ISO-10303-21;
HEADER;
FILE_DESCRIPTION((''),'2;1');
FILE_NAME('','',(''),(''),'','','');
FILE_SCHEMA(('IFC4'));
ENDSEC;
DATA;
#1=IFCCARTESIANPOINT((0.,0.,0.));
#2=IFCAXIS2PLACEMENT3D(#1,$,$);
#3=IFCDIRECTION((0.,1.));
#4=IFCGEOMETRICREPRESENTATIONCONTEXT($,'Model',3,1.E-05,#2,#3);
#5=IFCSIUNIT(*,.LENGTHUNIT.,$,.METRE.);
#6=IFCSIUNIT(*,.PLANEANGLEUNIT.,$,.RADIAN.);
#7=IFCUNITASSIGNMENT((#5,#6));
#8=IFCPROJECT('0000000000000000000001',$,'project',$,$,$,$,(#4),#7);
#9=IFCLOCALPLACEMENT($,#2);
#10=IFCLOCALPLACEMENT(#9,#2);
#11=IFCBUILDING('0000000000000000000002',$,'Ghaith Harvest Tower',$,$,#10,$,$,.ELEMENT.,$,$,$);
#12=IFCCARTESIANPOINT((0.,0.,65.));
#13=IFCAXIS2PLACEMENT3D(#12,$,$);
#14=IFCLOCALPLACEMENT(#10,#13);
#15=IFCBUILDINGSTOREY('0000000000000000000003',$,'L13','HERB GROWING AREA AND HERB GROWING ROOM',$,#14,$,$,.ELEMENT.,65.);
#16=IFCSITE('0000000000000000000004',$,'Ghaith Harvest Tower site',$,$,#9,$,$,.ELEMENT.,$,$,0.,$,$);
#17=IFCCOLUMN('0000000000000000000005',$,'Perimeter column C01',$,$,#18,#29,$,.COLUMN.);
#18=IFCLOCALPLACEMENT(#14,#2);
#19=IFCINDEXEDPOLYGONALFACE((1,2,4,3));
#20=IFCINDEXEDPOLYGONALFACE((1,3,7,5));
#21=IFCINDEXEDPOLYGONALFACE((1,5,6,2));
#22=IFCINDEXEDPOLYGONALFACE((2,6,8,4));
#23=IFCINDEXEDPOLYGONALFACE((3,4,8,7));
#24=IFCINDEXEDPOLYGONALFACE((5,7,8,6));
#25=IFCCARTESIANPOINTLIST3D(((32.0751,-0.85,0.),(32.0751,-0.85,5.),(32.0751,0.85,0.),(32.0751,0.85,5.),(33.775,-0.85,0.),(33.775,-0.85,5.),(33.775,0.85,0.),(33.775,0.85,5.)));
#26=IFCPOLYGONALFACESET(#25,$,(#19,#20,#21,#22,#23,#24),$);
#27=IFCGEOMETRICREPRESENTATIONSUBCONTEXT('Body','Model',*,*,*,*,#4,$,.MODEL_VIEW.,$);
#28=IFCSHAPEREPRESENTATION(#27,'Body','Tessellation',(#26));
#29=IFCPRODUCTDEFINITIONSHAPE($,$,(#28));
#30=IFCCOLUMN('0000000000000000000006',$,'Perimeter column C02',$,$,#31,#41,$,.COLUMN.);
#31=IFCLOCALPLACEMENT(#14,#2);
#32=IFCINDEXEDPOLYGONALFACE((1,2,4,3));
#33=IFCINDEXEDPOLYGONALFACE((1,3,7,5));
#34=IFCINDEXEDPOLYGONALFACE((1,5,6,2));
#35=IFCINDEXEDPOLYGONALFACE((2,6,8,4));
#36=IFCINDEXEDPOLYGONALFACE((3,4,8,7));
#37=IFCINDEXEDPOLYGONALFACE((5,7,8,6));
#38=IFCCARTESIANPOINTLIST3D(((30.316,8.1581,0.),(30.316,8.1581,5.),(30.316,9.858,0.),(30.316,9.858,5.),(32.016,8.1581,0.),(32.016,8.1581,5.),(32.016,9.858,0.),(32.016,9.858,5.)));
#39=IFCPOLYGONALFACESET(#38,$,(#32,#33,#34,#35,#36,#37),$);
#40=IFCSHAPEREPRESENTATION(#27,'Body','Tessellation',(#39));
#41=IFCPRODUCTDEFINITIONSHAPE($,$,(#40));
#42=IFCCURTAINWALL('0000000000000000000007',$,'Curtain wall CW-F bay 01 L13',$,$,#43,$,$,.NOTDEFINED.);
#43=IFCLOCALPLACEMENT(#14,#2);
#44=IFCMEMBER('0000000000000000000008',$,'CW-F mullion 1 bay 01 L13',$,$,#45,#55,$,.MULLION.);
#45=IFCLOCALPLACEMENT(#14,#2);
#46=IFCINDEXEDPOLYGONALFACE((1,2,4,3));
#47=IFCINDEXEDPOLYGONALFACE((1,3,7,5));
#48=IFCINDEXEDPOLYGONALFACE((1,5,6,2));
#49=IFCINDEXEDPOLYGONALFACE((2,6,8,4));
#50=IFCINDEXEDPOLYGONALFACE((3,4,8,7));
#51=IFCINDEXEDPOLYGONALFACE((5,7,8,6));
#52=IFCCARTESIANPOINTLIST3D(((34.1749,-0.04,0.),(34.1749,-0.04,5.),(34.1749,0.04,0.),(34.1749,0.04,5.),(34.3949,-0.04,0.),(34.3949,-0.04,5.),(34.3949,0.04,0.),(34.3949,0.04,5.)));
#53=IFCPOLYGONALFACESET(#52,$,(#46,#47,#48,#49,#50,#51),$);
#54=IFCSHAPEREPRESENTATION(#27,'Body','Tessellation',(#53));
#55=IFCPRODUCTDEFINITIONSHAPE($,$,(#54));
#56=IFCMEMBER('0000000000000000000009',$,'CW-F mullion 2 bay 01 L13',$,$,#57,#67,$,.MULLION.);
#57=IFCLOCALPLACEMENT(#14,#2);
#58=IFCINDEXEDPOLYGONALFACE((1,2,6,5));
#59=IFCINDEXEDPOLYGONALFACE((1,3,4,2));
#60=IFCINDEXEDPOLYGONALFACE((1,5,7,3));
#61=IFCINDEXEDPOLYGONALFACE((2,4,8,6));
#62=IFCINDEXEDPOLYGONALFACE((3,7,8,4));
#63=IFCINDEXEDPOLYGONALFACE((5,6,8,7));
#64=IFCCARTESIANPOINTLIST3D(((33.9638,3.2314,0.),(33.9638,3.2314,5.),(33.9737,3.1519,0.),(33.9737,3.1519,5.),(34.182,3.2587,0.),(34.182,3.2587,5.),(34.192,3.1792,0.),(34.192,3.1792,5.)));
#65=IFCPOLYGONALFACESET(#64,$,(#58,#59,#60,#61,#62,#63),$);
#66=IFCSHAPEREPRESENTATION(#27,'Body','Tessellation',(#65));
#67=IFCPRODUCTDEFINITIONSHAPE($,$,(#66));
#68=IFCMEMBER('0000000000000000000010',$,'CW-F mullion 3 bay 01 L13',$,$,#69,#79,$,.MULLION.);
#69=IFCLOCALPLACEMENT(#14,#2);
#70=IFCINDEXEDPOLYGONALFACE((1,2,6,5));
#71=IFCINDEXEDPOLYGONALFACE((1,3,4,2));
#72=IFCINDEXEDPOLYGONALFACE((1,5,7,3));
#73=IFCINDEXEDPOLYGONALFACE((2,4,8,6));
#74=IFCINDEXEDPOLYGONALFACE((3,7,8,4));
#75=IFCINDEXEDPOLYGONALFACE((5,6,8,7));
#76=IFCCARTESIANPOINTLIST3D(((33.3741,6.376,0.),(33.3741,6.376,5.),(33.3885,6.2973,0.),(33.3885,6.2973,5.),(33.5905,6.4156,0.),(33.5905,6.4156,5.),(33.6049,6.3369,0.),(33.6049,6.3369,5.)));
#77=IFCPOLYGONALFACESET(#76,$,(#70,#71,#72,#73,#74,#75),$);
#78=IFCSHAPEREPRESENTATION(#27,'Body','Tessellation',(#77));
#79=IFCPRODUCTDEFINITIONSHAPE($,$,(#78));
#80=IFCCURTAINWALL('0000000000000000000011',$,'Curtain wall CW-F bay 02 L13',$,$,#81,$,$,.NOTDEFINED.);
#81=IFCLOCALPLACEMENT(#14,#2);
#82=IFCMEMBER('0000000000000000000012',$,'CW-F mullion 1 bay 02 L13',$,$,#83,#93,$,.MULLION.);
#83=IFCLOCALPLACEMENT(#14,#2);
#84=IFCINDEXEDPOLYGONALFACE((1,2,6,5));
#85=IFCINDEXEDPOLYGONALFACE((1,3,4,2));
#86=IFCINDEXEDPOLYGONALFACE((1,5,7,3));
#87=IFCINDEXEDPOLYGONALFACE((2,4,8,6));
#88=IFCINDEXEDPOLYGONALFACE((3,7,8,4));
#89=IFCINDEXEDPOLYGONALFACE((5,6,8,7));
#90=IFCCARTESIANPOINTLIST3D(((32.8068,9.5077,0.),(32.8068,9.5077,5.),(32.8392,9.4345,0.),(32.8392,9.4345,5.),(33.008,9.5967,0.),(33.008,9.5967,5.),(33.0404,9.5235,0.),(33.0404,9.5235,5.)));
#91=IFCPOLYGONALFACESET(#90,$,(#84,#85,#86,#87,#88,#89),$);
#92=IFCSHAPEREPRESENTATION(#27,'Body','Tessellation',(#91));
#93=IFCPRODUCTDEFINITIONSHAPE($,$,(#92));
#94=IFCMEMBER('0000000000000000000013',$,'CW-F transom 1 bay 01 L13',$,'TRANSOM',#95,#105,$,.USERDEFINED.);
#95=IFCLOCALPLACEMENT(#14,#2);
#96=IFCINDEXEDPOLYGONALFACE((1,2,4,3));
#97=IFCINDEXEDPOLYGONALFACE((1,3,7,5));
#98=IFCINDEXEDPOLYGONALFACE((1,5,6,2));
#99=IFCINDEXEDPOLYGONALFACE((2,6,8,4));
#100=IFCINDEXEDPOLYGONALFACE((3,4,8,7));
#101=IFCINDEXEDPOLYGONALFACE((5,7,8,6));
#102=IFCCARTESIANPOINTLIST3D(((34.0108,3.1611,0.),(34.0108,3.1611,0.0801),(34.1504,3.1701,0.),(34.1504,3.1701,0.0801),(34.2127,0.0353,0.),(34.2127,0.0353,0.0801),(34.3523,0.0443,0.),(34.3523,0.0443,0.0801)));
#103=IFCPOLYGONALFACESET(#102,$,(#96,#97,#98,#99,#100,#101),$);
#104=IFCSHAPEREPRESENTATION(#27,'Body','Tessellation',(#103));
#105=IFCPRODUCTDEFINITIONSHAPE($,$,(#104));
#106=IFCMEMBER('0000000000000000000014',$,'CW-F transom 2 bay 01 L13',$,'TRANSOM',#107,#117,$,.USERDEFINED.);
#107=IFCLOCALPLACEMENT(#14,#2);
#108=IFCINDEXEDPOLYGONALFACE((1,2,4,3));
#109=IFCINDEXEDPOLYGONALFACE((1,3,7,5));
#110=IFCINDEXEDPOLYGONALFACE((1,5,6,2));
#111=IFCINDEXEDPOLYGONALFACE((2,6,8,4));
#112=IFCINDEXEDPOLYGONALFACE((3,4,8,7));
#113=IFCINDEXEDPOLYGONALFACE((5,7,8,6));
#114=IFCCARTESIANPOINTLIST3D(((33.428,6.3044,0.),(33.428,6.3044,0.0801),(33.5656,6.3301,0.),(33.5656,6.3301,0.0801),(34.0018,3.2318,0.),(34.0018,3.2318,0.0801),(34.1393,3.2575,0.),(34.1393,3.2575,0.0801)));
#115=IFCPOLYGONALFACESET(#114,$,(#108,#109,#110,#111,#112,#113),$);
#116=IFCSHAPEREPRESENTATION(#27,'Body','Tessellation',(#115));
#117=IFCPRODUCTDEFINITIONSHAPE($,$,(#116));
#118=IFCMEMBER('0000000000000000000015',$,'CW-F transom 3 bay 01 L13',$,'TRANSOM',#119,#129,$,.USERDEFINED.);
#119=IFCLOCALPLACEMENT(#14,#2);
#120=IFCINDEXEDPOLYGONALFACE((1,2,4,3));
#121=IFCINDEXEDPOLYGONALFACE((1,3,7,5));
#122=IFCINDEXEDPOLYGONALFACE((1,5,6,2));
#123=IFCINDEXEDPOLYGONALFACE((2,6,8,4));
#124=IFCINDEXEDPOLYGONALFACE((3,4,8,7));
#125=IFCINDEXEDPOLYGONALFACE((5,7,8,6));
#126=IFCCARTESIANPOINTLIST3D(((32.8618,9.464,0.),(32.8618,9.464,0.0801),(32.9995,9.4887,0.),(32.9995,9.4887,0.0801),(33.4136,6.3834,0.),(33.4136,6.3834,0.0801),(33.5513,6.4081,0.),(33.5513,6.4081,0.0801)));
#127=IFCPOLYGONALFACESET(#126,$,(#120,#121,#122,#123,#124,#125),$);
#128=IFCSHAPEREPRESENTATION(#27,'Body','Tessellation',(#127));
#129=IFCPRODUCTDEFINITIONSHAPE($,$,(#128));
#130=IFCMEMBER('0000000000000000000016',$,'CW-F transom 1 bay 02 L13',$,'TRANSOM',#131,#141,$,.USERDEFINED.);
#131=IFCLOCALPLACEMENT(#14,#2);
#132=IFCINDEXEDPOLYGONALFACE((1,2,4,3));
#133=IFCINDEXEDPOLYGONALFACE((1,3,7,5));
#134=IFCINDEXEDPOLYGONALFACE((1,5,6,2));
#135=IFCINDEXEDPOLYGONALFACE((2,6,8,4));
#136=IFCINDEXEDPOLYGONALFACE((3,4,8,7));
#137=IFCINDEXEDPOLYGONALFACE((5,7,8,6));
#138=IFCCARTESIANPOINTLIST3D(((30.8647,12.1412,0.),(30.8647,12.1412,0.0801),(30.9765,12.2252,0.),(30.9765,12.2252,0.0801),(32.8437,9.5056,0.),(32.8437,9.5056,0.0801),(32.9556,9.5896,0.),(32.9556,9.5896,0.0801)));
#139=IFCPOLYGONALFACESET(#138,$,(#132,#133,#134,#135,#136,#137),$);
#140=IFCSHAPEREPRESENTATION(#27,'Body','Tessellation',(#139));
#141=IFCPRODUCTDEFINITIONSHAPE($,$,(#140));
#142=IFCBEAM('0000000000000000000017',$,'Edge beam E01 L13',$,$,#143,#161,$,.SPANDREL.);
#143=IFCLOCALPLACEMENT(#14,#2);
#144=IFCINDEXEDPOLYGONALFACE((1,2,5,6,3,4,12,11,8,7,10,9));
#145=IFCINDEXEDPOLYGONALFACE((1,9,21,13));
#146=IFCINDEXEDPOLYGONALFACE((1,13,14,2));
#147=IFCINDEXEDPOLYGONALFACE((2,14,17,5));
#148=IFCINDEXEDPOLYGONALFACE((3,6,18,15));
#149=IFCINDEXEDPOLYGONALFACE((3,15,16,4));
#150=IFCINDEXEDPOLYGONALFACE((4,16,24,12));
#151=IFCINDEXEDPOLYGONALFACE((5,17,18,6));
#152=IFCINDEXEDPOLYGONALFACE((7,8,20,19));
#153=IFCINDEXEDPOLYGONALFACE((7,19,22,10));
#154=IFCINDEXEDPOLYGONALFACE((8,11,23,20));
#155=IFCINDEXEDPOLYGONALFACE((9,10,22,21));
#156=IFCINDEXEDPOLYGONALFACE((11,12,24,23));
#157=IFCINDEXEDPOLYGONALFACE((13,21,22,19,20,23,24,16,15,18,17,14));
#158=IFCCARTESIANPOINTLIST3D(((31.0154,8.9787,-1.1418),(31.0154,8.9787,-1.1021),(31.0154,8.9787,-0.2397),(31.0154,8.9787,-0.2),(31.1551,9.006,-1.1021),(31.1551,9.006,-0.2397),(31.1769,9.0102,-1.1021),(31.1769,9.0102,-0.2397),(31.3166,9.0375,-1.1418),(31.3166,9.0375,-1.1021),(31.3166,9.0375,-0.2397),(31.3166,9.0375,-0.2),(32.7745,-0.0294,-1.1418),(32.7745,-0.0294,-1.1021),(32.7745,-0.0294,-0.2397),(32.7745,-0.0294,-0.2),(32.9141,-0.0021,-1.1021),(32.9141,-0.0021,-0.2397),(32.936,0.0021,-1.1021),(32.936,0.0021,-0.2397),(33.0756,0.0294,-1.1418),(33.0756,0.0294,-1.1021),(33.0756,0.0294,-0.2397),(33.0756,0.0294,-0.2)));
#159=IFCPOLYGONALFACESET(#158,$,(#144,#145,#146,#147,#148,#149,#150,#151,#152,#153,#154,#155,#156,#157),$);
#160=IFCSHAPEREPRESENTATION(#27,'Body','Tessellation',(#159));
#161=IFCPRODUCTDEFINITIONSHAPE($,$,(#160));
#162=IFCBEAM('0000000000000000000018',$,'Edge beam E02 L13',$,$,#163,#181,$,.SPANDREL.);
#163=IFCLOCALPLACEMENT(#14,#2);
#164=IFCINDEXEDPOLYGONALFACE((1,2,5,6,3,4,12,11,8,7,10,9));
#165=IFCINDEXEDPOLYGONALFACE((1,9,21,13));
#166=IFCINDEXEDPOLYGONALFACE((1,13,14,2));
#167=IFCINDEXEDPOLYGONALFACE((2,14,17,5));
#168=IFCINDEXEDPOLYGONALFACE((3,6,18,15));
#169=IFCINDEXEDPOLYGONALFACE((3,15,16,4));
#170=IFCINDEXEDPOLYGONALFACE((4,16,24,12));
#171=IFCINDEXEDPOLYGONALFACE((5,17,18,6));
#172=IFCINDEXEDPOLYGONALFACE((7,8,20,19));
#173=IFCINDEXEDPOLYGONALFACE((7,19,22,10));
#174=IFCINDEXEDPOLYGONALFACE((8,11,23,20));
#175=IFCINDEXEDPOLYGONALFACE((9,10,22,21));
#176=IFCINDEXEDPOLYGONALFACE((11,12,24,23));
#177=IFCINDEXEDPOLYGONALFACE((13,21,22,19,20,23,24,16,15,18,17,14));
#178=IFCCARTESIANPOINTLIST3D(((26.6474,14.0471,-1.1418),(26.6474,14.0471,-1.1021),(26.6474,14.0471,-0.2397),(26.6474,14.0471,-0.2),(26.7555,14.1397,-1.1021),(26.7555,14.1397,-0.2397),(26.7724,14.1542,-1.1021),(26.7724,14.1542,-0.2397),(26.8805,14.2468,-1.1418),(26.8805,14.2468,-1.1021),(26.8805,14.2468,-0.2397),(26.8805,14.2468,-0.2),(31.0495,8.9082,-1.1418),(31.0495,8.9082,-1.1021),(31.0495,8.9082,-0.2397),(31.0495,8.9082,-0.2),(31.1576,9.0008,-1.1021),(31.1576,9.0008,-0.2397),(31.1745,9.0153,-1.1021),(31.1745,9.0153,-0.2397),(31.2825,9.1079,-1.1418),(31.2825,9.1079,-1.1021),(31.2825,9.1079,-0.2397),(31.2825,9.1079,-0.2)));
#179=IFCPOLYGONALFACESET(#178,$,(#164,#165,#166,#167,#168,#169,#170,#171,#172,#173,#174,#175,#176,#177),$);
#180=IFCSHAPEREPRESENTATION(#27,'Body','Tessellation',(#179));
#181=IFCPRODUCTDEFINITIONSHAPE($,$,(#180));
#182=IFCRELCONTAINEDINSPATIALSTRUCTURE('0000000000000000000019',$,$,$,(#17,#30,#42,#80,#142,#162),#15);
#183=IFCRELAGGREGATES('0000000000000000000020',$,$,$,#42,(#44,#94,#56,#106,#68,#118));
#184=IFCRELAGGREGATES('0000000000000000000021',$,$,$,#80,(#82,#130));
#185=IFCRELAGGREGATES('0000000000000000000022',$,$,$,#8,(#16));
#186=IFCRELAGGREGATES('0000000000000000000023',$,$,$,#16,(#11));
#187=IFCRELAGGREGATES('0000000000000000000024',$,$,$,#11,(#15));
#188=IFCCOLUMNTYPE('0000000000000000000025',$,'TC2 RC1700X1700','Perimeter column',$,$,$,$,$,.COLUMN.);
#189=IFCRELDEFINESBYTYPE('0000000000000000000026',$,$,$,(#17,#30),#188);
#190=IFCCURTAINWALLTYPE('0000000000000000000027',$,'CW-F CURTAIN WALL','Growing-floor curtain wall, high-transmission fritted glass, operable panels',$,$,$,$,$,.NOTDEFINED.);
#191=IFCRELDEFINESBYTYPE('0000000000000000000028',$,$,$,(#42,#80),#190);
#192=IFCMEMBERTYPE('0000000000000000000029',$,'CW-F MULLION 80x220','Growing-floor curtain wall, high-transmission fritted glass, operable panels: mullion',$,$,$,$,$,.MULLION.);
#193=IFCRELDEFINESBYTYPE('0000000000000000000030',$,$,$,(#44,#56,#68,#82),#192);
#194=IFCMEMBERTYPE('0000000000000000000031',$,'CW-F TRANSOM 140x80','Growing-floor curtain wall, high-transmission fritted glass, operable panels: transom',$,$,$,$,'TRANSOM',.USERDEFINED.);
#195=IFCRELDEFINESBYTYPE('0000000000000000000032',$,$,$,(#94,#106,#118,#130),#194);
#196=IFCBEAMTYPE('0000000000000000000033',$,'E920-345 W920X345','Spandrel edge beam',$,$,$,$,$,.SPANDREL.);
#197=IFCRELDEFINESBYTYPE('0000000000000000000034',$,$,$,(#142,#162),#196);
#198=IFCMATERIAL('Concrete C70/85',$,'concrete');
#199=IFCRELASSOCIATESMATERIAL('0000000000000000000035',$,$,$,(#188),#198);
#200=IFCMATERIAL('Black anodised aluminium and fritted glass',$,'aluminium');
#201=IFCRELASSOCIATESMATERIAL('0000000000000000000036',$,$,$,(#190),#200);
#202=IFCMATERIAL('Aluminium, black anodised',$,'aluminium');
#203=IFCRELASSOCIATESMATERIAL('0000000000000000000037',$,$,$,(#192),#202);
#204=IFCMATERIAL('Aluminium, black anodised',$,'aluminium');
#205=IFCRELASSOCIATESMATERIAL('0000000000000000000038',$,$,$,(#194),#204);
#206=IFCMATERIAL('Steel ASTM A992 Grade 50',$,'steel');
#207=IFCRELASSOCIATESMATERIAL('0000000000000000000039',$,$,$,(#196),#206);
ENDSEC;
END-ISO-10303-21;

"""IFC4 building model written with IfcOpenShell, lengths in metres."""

from ifc_helpers import new_model, si_unit, direction, frame, origin, origin_2d, place, context, subcontext, project, spatial, rectangle, i_section, extrude, material, material_profile, profile_set, type_object, element, aggregate, save


model = new_model("IFC4")

# Units and contexts
model_context = context("Model", 3, precision=1e-05, world=origin(), true_north=direction((0.0, 1.0)))
body_context = subcontext(model_context, "Body", "Model", "MODEL_VIEW")
ifc_project = project(units=[si_unit("LENGTHUNIT", "METRE"), si_unit("PLANEANGLEUNIT", "RADIAN")], contexts=[model_context])

# Site, building, storey
site_placement = place(None, origin())
site = spatial("IfcSite", under=ifc_project, at=site_placement, Name="Ghaith Harvest Tower site", CompositionType="ELEMENT", RefElevation=0.0)
building_placement = place(site_placement, origin())
building = spatial("IfcBuilding", under=site, at=building_placement, Name="Ghaith Harvest Tower", CompositionType="ELEMENT")
storey_placement = place(building_placement, frame((0.0, 0.0, 65.0)))
storey = spatial("IfcBuildingStorey", under=building, at=storey_placement, Name="L13", Description="HERB GROWING AREA AND HERB GROWING ROOM", CompositionType="ELEMENT", Elevation=65.0)

# Columns
ifc_material_1 = material(Name="Concrete C70/85", Category="concrete")
ifc_material_profile_1 = material_profile(ifc_material_1, rectangle(XDim=1.7, YDim=1.7, at=origin_2d()), Name="RC1700X1700")
ifc_profile_set_1 = profile_set([ifc_material_profile_1], Name="Concrete C70/85")
column_type = type_object("IfcColumnType", Name="TC2 RC1700X1700", Description="Perimeter column", PredefinedType="COLUMN", material=ifc_profile_set_1)
for number, where, z_axis, x_axis, name in (
    (1, (32.925, 0.0, 0.0), (0.0, 0.0, 1.0), (1.0, 0.0, 0.0), "Perimeter column C01"),
    (2, (31.166, 9.0081, 0.0), (0.0, 0.0, 1.0), (1.0, 0.0, 0.0), "Perimeter column C02"),
):
    element("IfcColumn", number, at=place(storey_placement, frame(where, z_axis=z_axis, x_axis=x_axis)), inside=storey, type_object=column_type, Name=name, PredefinedType="COLUMN", context=body_context, shape_type="SweptSolid", body=[
        extrude(rectangle(XDim=1.7, YDim=1.7, at=origin_2d()), origin(), (0.0, 0.0, 1.0), 5.0),
    ])

# Curtain wall, members
ifc_material_2 = material(Name="Black anodised aluminium and fritted glass", Category="aluminium")
curtain_wall_type = type_object("IfcCurtainWallType", Name="CW-F CURTAIN WALL", Description="Growing-floor curtain wall, high-transmission fritted glass, operable panels", PredefinedType="NOTDEFINED", material=ifc_material_2)
curtain_wall_1_placement = place(storey_placement, origin())
curtain_wall_1 = element("IfcCurtainWall", 3, at=curtain_wall_1_placement, inside=storey, type_object=curtain_wall_type, Name="Curtain wall CW-F bay 01 L13", PredefinedType="NOTDEFINED")
ifc_material_3 = material(Name="Aluminium, black anodised", Category="aluminium")
ifc_material_profile_2 = material_profile(ifc_material_3, rectangle(XDim=0.0801, YDim=0.22, at=origin_2d()), Name="CW-F MULLION 80x220")
ifc_profile_set_2 = profile_set([ifc_material_profile_2], Name="Aluminium, black anodised")
member_type_1 = type_object("IfcMemberType", Name="CW-F MULLION 80x220", Description="Growing-floor curtain wall, high-transmission fritted glass, operable panels: mullion", PredefinedType="MULLION", material=ifc_profile_set_2)
member_1_placement = place(storey_placement, frame((34.2849, 0.0, 0.0), z_axis=(0.0, 0.0, 1.0), x_axis=(0.0, 1.0, 0.0)))
member_1 = element("IfcMember", 4, at=member_1_placement, type_object=member_type_1, Name="CW-F mullion 1 bay 01 L13", PredefinedType="MULLION", context=body_context, shape_type="SweptSolid", body=[
    extrude(rectangle(XDim=0.0801, YDim=0.22, at=origin_2d()), origin(), (0.0, 0.0, 1.0), 5.0),
])
member_2_placement = place(storey_placement, frame((34.0779, 3.2053, 0.0), z_axis=(0.0, 0.0, 1.0), x_axis=(-0.12417, 0.992261, 0.0)))
member_2 = element("IfcMember", 5, at=member_2_placement, type_object=member_type_1, Name="CW-F mullion 2 bay 01 L13", PredefinedType="MULLION", context=body_context, shape_type="SweptSolid", body=[
    extrude(rectangle(XDim=0.0801, YDim=0.22, at=origin_2d()), origin(), (0.0, 0.0, 1.0), 5.0),
])
member_3_placement = place(storey_placement, frame((33.4895, 6.3564, 0.0), z_axis=(0.0, 0.0, 1.0), x_axis=(-0.179943, 0.983677, 0.0)))
member_3 = element("IfcMember", 6, at=member_3_placement, type_object=member_type_1, Name="CW-F mullion 3 bay 01 L13", PredefinedType="MULLION", context=body_context, shape_type="SweptSolid", body=[
    extrude(rectangle(XDim=0.0801, YDim=0.22, at=origin_2d()), origin(), (0.0, 0.0, 1.0), 5.0),
])

# Curtain wall, member
curtain_wall_2_placement = place(storey_placement, origin())
curtain_wall_2 = element("IfcCurtainWall", 7, at=curtain_wall_2_placement, inside=storey, type_object=curtain_wall_type, Name="Curtain wall CW-F bay 02 L13", PredefinedType="NOTDEFINED")
member_4_placement = place(storey_placement, frame((32.9236, 9.5156, 0.0), z_axis=(0.0, 0.0, 1.0), x_axis=(-0.404702, 0.914449, 0.0)))
member_4 = element("IfcMember", 8, at=member_4_placement, type_object=member_type_1, Name="CW-F mullion 1 bay 02 L13", PredefinedType="MULLION", context=body_context, shape_type="SweptSolid", body=[
    extrude(rectangle(XDim=0.0801, YDim=0.22, at=origin_2d()), origin(), (0.0, 0.0, 1.0), 5.0),
])

# Members
ifc_material_4 = material(Name="Aluminium, black anodised", Category="aluminium")
ifc_material_profile_3 = material_profile(ifc_material_4, rectangle(XDim=0.1399, YDim=0.0801, at=origin_2d()), Name="CW-F TRANSOM 140x80")
ifc_profile_set_3 = profile_set([ifc_material_profile_3], Name="Aluminium, black anodised")
member_type_2 = type_object("IfcMemberType", Name="CW-F TRANSOM 140x80", Description="Growing-floor curtain wall, high-transmission fritted glass, operable panels: transom", ElementType="TRANSOM", PredefinedType="USERDEFINED", material=ifc_profile_set_3)
member_5_placement = place(storey_placement, frame((34.2825, 0.0398, 0.04), z_axis=(-0.06446, 0.99792, 0.0), x_axis=(-0.99792, -0.06446, 0.0)))
member_5 = element("IfcMember", 9, at=member_5_placement, type_object=member_type_2, Name="CW-F transom 1 bay 01 L13", ObjectType="TRANSOM", PredefinedType="USERDEFINED", context=body_context, shape_type="SweptSolid", body=[
    extrude(rectangle(XDim=0.1399, YDim=0.0801, at=origin_2d()), origin(), (0.0, 0.0, 1.0), 3.1323),
])
member_6_placement = place(storey_placement, frame((34.0706, 3.2446, 0.04), z_axis=(-0.183557, 0.983009, 0.0), x_axis=(-0.983009, -0.183557, 0.0)))
member_6 = element("IfcMember", 10, at=member_6_placement, type_object=member_type_2, Name="CW-F transom 2 bay 01 L13", ObjectType="TRANSOM", PredefinedType="USERDEFINED", context=body_context, shape_type="SweptSolid", body=[
    extrude(rectangle(XDim=0.1399, YDim=0.0801, at=origin_2d()), origin(), (0.0, 0.0, 1.0), 3.1257),
])
member_7_placement = place(storey_placement, frame((33.4824, 6.3958, 0.04), z_axis=(-0.176304, 0.984336, 0.0), x_axis=(-0.984336, -0.176304, 0.0)))
member_7 = element("IfcMember", 11, at=member_7_placement, type_object=member_type_2, Name="CW-F transom 3 bay 01 L13", ObjectType="TRANSOM", PredefinedType="USERDEFINED", context=body_context, shape_type="SweptSolid", body=[
    extrude(rectangle(XDim=0.1399, YDim=0.0801, at=origin_2d()), origin(), (0.0, 0.0, 1.0), 3.1296),
])
member_8_placement = place(storey_placement, frame((32.8997, 9.5476, 0.04), z_axis=(-0.600462, 0.799653, 0.0), x_axis=(-0.799653, -0.600462, 0.0)))
member_8 = element("IfcMember", 12, at=member_8_placement, type_object=member_type_2, Name="CW-F transom 1 bay 02 L13", ObjectType="TRANSOM", PredefinedType="USERDEFINED", context=body_context, shape_type="SweptSolid", body=[
    extrude(rectangle(XDim=0.1399, YDim=0.0801, at=origin_2d()), origin(), (0.0, 0.0, 1.0), 3.2959),
])

# Beams
ifc_material_5 = material(Name="Steel ASTM A992 Grade 50", Category="steel")
ifc_material_profile_4 = material_profile(ifc_material_5, i_section(OverallWidth=0.3069, OverallDepth=0.9419, WebThickness=0.0222, FlangeThickness=0.0398, at=origin_2d()), Name="W920X345")
ifc_profile_set_4 = profile_set([ifc_material_profile_4], Name="Steel ASTM A992 Grade 50")
beam_type_1 = type_object("IfcBeamType", Name="E920-345 W920X345", Description="Spandrel edge beam", PredefinedType="SPANDREL", material=ifc_profile_set_4)
beam_1_placement = place(storey_placement, frame((32.925, 0.0, -0.6709), z_axis=(-0.191653, 0.981463, 0.0), x_axis=(-0.981463, -0.191653, 0.0)))
element("IfcBeam", 13, at=beam_1_placement, inside=storey, type_object=beam_type_1, Name="Edge beam E01 L13", PredefinedType="SPANDREL", context=body_context, shape_type="SweptSolid", body=[
    extrude(i_section(OverallWidth=0.3069, OverallDepth=0.9419, WebThickness=0.0222, FlangeThickness=0.0398, at=origin_2d()), origin(), (0.0, 0.0, 1.0), 9.1782),
])
beam_2_placement = place(storey_placement, frame((31.166, 9.0081, -0.6709), z_axis=(-0.650563, 0.759453, 0.0), x_axis=(-0.759453, -0.650563, 0.0)))
element("IfcBeam", 14, at=beam_2_placement, inside=storey, type_object=beam_type_1, Name="Edge beam E02 L13", PredefinedType="SPANDREL", context=body_context, shape_type="SweptSolid", body=[
    extrude(i_section(OverallWidth=0.3069, OverallDepth=0.9419, WebThickness=0.0222, FlangeThickness=0.0398, at=origin_2d()), origin(), (0.0, 0.0, 1.0), 6.7666),
])

aggregate(curtain_wall_1, [member_1, member_5, member_2, member_6, member_3, member_7])
aggregate(curtain_wall_2, [member_4, member_8])

save(model, "model.ifc")
